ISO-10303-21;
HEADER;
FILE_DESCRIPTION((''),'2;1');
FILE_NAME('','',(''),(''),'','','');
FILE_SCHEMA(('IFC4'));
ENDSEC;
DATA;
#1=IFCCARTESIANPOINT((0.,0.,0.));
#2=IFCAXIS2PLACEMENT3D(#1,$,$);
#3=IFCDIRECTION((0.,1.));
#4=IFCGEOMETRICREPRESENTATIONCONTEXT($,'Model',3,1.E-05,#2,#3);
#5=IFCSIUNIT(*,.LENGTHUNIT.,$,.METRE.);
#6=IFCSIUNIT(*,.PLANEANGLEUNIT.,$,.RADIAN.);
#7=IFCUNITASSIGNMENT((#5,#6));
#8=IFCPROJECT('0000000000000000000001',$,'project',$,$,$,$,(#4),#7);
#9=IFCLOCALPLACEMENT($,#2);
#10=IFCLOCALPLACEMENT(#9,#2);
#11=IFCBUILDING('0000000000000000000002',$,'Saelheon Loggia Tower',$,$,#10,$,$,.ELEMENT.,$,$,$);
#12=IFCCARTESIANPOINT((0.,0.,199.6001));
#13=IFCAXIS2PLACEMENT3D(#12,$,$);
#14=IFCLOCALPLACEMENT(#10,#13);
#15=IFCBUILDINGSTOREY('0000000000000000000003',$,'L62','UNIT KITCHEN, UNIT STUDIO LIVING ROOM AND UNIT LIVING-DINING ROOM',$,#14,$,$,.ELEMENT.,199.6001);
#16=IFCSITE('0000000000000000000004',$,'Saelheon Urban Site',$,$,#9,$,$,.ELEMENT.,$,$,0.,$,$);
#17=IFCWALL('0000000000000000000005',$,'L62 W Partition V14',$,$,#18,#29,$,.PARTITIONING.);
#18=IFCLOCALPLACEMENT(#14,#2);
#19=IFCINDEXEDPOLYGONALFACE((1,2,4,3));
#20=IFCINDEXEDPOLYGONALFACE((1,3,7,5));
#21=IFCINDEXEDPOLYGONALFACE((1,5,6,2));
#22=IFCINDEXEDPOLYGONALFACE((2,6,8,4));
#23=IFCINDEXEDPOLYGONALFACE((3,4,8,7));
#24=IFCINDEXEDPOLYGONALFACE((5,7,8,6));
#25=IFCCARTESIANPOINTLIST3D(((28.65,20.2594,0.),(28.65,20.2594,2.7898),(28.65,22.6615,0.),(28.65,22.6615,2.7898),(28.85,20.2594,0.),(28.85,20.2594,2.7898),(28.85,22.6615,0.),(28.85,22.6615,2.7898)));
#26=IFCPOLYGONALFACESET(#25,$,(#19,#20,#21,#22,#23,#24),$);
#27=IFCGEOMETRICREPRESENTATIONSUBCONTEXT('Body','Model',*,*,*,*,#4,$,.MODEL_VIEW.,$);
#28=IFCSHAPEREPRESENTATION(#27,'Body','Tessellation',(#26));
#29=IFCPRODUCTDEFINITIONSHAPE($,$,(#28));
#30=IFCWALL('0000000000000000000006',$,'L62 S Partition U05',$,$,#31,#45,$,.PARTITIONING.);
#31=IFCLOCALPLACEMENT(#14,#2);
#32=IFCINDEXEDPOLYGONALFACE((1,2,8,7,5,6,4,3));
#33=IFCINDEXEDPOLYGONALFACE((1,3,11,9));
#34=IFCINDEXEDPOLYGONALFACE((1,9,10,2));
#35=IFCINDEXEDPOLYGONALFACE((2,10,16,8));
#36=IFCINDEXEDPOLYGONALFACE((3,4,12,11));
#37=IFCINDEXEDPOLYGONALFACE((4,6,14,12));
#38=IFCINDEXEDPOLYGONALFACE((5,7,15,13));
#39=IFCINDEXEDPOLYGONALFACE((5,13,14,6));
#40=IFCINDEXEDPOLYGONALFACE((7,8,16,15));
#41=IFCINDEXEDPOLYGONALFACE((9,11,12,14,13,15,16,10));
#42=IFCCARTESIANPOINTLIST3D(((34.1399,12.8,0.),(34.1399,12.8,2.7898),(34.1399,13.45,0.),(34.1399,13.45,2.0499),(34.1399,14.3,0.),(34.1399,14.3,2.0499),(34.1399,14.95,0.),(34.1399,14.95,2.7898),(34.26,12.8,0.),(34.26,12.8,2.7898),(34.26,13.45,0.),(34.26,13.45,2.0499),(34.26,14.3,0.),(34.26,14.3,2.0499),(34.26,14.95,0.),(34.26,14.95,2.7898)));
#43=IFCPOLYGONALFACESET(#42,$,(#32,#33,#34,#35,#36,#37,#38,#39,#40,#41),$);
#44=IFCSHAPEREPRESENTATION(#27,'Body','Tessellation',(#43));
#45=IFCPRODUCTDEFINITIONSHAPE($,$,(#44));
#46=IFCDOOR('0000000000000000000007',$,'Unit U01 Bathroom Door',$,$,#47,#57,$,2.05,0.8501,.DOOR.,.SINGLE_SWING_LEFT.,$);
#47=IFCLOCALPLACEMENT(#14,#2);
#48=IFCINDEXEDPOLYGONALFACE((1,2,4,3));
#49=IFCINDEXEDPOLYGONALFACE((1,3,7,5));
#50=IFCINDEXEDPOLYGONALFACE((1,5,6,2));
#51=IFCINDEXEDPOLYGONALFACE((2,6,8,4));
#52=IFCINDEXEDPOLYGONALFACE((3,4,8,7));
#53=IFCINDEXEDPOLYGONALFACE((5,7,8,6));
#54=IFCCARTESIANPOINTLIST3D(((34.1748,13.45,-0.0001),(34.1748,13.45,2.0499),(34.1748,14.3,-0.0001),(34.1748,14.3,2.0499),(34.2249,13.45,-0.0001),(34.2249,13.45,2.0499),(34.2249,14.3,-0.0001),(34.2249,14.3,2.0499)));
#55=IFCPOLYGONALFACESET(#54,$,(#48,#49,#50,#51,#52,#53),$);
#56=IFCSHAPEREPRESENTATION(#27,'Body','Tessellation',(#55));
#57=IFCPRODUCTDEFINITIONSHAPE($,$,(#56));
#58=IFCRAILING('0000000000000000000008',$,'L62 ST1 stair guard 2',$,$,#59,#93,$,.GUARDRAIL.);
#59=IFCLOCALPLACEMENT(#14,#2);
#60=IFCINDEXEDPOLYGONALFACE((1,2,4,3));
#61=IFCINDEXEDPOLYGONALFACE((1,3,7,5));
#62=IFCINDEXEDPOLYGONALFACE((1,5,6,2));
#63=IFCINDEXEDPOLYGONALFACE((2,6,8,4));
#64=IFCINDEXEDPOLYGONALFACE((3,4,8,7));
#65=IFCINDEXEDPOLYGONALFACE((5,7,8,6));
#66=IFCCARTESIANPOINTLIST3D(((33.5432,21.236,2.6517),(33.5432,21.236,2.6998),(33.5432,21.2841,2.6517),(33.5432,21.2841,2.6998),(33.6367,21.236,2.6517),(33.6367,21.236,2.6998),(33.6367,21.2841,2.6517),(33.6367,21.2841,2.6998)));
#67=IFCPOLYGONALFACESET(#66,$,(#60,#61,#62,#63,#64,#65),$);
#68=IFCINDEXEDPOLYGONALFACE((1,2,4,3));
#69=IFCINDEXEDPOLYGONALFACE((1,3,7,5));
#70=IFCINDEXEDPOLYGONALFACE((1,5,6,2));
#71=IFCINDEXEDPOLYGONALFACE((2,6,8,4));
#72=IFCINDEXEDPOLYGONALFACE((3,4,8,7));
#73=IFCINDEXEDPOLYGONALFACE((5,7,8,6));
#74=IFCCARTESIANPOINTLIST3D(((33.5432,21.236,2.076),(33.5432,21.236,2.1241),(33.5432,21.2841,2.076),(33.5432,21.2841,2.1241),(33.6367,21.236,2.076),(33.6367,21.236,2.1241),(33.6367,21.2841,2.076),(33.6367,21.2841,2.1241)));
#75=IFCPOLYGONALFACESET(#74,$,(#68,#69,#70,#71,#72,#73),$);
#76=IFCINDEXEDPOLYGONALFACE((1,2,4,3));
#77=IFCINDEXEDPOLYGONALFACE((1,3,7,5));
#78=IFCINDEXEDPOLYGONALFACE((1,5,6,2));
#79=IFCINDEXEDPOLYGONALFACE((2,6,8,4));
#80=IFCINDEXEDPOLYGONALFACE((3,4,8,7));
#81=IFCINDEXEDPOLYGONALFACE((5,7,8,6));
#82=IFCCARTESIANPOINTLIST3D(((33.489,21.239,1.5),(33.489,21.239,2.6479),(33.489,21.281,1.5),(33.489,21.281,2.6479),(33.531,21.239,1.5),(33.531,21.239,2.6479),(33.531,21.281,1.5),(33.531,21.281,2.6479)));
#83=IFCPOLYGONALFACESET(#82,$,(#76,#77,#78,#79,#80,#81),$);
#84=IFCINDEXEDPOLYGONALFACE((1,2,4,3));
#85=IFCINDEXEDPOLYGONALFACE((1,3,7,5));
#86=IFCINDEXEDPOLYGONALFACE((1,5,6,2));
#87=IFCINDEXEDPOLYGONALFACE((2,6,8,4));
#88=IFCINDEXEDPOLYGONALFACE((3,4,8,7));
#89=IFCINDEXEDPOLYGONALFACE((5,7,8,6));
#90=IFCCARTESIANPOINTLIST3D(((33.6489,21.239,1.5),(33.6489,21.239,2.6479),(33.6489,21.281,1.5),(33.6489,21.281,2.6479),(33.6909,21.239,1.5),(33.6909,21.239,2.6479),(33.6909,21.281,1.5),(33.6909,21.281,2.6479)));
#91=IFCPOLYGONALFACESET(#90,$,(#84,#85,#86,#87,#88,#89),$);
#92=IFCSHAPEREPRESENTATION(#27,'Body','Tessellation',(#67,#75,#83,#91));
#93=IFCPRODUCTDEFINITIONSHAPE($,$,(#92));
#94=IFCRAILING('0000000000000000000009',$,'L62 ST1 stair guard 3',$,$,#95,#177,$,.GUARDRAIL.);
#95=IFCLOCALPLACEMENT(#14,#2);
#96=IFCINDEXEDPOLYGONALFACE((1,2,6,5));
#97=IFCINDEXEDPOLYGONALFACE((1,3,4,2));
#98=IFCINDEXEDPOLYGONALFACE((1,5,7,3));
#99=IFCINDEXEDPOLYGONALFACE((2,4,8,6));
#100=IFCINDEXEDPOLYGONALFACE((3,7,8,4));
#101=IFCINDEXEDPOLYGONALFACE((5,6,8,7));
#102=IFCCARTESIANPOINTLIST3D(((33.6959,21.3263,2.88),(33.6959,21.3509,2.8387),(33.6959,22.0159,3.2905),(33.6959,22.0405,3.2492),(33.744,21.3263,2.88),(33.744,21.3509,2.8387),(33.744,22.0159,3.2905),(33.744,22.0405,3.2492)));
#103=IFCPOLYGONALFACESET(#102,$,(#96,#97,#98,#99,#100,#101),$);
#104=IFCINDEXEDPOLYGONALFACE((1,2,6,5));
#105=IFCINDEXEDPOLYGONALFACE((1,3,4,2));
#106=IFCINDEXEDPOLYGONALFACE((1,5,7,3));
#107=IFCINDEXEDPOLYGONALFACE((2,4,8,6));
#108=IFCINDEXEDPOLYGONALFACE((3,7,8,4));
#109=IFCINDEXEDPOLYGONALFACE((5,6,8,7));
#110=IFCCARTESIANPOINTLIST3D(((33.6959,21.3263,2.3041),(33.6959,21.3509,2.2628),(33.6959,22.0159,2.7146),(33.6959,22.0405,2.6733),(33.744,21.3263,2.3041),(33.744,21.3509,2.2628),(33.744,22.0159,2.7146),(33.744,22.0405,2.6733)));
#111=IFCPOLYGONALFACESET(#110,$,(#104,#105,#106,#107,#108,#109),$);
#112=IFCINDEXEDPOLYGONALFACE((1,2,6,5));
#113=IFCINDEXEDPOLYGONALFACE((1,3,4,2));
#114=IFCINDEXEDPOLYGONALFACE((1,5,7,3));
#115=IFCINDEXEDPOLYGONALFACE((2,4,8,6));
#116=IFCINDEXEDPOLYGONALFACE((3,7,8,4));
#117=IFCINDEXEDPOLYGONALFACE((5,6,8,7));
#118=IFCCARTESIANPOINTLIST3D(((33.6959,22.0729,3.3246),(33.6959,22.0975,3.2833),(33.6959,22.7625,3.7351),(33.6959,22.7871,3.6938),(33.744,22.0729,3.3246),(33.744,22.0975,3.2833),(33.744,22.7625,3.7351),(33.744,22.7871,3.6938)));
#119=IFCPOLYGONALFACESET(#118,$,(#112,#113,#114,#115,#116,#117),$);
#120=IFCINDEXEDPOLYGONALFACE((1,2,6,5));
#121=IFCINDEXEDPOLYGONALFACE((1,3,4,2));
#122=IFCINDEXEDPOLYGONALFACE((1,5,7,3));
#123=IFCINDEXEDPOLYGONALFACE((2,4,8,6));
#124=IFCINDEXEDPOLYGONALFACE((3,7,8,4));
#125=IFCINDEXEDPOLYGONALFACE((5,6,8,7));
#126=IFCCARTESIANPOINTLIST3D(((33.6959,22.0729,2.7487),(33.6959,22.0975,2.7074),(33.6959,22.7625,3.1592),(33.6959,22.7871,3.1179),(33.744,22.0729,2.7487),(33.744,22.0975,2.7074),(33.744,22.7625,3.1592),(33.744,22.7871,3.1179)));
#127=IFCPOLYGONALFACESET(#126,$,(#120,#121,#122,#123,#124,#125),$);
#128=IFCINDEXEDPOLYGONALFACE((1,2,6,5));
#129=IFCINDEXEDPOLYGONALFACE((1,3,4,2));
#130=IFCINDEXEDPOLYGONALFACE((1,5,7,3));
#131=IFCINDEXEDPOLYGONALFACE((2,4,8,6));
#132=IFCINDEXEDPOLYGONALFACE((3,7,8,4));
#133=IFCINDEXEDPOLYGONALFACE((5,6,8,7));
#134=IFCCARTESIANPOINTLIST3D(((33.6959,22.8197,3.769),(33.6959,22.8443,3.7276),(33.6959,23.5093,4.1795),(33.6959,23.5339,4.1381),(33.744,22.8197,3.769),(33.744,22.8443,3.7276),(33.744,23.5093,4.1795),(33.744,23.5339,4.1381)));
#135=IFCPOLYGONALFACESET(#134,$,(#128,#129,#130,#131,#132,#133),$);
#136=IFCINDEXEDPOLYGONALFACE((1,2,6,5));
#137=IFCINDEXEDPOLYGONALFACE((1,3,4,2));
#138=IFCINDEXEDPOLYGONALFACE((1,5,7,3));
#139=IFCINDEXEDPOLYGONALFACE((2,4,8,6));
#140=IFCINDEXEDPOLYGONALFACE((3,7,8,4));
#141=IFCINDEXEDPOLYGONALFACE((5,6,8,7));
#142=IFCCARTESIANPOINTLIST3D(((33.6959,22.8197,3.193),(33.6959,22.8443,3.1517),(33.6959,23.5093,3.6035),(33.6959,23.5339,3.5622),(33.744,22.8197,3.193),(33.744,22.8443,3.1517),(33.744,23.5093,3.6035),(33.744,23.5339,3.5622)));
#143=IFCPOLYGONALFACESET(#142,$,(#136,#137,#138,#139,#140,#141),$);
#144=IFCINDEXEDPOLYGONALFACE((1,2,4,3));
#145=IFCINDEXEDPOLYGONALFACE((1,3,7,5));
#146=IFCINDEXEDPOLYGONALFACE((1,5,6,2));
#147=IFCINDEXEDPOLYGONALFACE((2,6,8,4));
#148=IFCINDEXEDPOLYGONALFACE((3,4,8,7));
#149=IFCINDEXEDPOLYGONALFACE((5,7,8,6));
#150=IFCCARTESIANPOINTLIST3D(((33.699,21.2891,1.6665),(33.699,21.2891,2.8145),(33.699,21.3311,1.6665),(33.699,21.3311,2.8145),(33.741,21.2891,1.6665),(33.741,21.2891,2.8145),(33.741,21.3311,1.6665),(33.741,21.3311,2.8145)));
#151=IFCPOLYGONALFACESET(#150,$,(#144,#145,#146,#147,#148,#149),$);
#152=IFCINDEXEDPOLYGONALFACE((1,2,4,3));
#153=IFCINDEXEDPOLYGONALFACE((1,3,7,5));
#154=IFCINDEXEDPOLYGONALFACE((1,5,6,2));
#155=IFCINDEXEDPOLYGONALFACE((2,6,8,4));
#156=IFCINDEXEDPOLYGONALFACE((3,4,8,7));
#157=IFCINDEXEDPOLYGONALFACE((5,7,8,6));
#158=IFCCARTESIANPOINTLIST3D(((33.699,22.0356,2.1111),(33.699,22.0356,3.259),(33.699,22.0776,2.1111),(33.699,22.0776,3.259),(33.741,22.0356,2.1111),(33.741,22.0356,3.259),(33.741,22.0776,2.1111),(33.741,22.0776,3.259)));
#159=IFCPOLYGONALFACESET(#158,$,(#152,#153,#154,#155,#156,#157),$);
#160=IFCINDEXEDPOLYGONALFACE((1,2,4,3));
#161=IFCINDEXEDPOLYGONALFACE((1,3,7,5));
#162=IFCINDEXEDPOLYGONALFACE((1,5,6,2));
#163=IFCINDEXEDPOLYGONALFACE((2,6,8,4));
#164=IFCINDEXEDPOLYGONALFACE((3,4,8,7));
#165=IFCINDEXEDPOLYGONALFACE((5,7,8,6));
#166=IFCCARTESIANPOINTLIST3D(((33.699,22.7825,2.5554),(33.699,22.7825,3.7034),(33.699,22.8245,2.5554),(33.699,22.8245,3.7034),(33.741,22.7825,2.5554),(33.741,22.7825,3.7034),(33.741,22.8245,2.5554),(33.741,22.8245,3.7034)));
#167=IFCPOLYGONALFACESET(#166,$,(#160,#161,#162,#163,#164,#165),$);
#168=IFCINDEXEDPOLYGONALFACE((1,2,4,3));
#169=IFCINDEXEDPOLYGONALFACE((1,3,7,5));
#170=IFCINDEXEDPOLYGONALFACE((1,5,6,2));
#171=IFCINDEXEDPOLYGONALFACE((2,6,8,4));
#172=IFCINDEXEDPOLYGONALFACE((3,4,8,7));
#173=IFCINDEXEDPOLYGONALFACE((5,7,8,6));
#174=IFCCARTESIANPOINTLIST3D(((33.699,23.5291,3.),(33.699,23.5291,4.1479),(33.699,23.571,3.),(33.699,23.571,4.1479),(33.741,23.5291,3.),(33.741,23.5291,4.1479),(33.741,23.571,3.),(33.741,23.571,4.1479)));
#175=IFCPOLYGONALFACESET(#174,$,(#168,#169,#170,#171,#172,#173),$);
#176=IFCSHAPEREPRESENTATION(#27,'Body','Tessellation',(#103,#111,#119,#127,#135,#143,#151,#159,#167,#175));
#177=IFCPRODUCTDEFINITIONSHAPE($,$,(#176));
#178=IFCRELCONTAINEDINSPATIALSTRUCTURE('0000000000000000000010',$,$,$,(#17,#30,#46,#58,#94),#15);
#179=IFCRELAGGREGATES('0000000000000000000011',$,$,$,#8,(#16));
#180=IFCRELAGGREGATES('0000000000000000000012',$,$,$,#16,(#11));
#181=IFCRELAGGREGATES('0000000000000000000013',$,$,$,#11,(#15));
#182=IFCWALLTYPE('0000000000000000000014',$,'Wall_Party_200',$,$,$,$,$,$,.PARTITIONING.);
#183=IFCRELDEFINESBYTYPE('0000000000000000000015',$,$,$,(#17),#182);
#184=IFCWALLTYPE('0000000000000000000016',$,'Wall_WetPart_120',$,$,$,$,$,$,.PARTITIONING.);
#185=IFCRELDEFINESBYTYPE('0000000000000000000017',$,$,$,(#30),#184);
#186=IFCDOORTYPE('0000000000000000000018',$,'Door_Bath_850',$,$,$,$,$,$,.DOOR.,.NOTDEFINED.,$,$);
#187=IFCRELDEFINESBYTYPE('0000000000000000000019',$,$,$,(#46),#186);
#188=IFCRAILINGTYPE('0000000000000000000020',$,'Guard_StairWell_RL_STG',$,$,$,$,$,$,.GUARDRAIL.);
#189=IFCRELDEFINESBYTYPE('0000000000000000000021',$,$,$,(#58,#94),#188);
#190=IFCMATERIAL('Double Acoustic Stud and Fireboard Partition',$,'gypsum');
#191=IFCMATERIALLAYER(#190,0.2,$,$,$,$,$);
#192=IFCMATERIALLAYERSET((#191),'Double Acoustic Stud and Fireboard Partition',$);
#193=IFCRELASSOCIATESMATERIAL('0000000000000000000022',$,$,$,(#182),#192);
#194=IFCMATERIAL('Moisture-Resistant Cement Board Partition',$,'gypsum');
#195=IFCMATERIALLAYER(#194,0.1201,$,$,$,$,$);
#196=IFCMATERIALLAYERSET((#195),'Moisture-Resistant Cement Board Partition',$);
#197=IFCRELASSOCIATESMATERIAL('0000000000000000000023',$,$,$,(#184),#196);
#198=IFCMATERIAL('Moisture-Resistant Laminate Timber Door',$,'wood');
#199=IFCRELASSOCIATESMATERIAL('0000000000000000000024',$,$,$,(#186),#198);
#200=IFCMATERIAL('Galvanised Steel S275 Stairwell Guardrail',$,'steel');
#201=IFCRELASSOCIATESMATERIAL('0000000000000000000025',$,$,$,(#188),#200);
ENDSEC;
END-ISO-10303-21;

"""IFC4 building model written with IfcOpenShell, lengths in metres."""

from ifc_helpers import new_model, si_unit, direction, frame, frame_2d, origin, origin_2d, place, context, subcontext, project, spatial, rectangle, extrude, source, transform, mapped, material, layer, layer_set, type_object, element, fill, save


model = new_model("IFC4")

# Units and contexts
model_context = context("Model", 3, precision=1e-05, world=origin(), true_north=direction((0.0, 1.0)))
body_context = subcontext(model_context, "Body", "Model", "MODEL_VIEW")
ifc_project = project(units=[si_unit("LENGTHUNIT", "METRE"), si_unit("PLANEANGLEUNIT", "RADIAN")], contexts=[model_context])

# Site, building, storey
site_placement = place(None, origin())
site = spatial("IfcSite", under=ifc_project, at=site_placement, Name="Saelheon Urban Site", CompositionType="ELEMENT", RefElevation=0.0)
building_placement = place(site_placement, origin())
building = spatial("IfcBuilding", under=site, at=building_placement, Name="Saelheon Loggia Tower", CompositionType="ELEMENT")
storey_placement = place(building_placement, frame((0.0, 0.0, 199.6001)))
storey = spatial("IfcBuildingStorey", under=building, at=storey_placement, Name="L62", Description="UNIT KITCHEN, UNIT STUDIO LIVING ROOM AND UNIT LIVING-DINING ROOM", CompositionType="ELEMENT", Elevation=199.6001)

# Shared definitions
ifc_material_1 = material(Name="Double Acoustic Stud and Fireboard Partition", Category="gypsum")
ifc_layer_1 = layer(ifc_material_1, 0.2)
ifc_layer_set_1 = layer_set([ifc_layer_1], Name="Double Acoustic Stud and Fireboard Partition")
wall_type_1 = type_object("IfcWallType", Name="Wall_Party_200", PredefinedType="PARTITIONING", material=ifc_layer_set_1)

# Wall
wall_1_placement = place(storey_placement, frame((28.75, 20.2593, 0.0), z_axis=(0.0, 0.0, 1.0), x_axis=(0.0, 1.0, 0.0)))
element("IfcWall", 1, at=wall_1_placement, inside=storey, type_object=wall_type_1, Name="L62 W Partition V14", PredefinedType="PARTITIONING", context=body_context, shape_type="SweptSolid", body=[
    extrude(rectangle(XDim=2.4021, YDim=0.2, at=frame_2d((1.2012, 0.0))), origin(), (0.0, 0.0, 1.0), 2.7898),
])

# Wall, opening, door
ifc_material_2 = material(Name="Moisture-Resistant Cement Board Partition", Category="gypsum")
ifc_layer_2 = layer(ifc_material_2, 0.1201)
ifc_layer_set_2 = layer_set([ifc_layer_2], Name="Moisture-Resistant Cement Board Partition")
wall_type_2 = type_object("IfcWallType", Name="Wall_WetPart_120", PredefinedType="PARTITIONING", material=ifc_layer_set_2)
wall_2_placement = place(storey_placement, frame((34.2, 14.95, 0.0), z_axis=(0.0, 0.0, 1.0), x_axis=(0.0, -1.0, 0.0)))
wall_2 = element("IfcWall", 2, at=wall_2_placement, inside=storey, type_object=wall_type_2, Name="L62 S Partition U05", PredefinedType="PARTITIONING", context=body_context, shape_type="SweptSolid", body=[
    extrude(rectangle(XDim=2.1499, YDim=0.1201, at=frame_2d((1.075, 0.0))), origin(), (0.0, 0.0, 1.0), 2.7898),
])
opening_1_placement = place(wall_2_placement, frame((0.6499, 0.0, 0.0)))
opening_1 = element("IfcOpeningElement", 3, at=opening_1_placement, cuts=wall_2, PredefinedType="OPENING", context=body_context, shape_type="SweptSolid", body=[
    extrude(rectangle(XDim=0.8501, YDim=2.05, at=frame_2d((0.425, 1.0249))), frame((0.0, 0.072, 0.0), z_axis=(0.0, -1.0, 0.0), x_axis=(1.0, 0.0, 0.0)), (0.0, 0.0, 1.0), 0.144),
])
ifc_material_3 = material(Name="Moisture-Resistant Laminate Timber Door", Category="wood")
door_type_1 = type_object("IfcDoorType", Name="Door_Bath_850", OperationType="NOTDEFINED", PredefinedType="DOOR", material=ifc_material_3)
shared_shape_1 = source(origin(), body_context, "Body", "SweptSolid", [
    extrude(rectangle(XDim=0.8501, YDim=2.05, at=frame_2d((0.425, 1.0249))), frame((0.0, 0.0249, 0.0), z_axis=(0.0, -1.0, 0.0), x_axis=(1.0, 0.0, 0.0)), (0.0, 0.0, 1.0), 0.05),
])
door_1_placement = place(opening_1_placement, origin())
door_1 = element("IfcDoor", 4, at=door_1_placement, inside=storey, type_object=door_type_1, Name="Unit U01 Bathroom Door", OperationType="SINGLE_SWING_LEFT", OverallHeight=2.05, OverallWidth=0.8501, PredefinedType="DOOR", context=body_context, shape_type="MappedRepresentation", body=[
    mapped(shared_shape_1, transform((0.0, 0.0, 0.0), scale=1.0)),
])
fill(opening_1, door_1)

# Railings
ifc_material_4 = material(Name="Galvanised Steel S275 Stairwell Guardrail", Category="steel")
railing_type = type_object("IfcRailingType", Name="Guard_StairWell_RL_STG", PredefinedType="GUARDRAIL", material=ifc_material_4)
railing_1_placement = place(storey_placement, frame((33.51, 21.26, 1.5)))
element("IfcRailing", 5, at=railing_1_placement, inside=storey, type_object=railing_type, Name="L62 ST1 stair guard 2", PredefinedType="GUARDRAIL", context=body_context, shape_type="SweptSolid", body=[
    extrude(rectangle(XDim=0.0481, YDim=0.0481, at=origin_2d()), frame((0.0332, 0.0, 1.1758), z_axis=(1.0, 0.0, 0.0), x_axis=(0.0, 1.0, 0.0)), (0.0, 0.0, 1.0), 0.0935),
    extrude(rectangle(XDim=0.0481, YDim=0.0481, at=origin_2d()), frame((0.0332, 0.0, 0.6001), z_axis=(1.0, 0.0, 0.0), x_axis=(0.0, 1.0, 0.0)), (0.0, 0.0, 1.0), 0.0935),
    extrude(rectangle(XDim=0.042, YDim=0.042, at=origin_2d()), origin(), (0.0, 0.0, 1.0), 1.1479),
    extrude(rectangle(XDim=0.042, YDim=0.042, at=origin_2d()), frame((0.1599, 0.0, 0.0)), (0.0, 0.0, 1.0), 1.1479),
])
railing_2_placement = place(storey_placement, frame((33.72, 21.3101, 1.6665)))
element("IfcRailing", 6, at=railing_2_placement, inside=storey, type_object=railing_type, Name="L62 ST1 stair guard 3", PredefinedType="GUARDRAIL", context=body_context, shape_type="SweptSolid", body=[
    extrude(rectangle(XDim=0.0481, YDim=0.0481, at=origin_2d()), frame((0.0, 0.0286, 1.1929), z_axis=(0.0, 0.859264, 0.511532), x_axis=(-1.0, 0.0, 0.0)), (0.0, 0.0, 1.0), 0.8025),
    extrude(rectangle(XDim=0.0481, YDim=0.0481, at=origin_2d()), frame((0.0, 0.0286, 0.6169), z_axis=(0.0, 0.859264, 0.511532), x_axis=(-1.0, 0.0, 0.0)), (0.0, 0.0, 1.0), 0.8025),
    extrude(rectangle(XDim=0.0481, YDim=0.0481, at=origin_2d()), frame((0.0, 0.7751, 1.6375), z_axis=(0.0, 0.859264, 0.511532), x_axis=(-1.0, 0.0, 0.0)), (0.0, 0.0, 1.0), 0.8025),
    extrude(rectangle(XDim=0.0481, YDim=0.0481, at=origin_2d()), frame((0.0, 0.7751, 1.0615), z_axis=(0.0, 0.859264, 0.511532), x_axis=(-1.0, 0.0, 0.0)), (0.0, 0.0, 1.0), 0.8025),
    extrude(rectangle(XDim=0.0481, YDim=0.0481, at=origin_2d()), frame((0.0, 1.522, 2.0818), z_axis=(0.0, 0.859264, 0.511532), x_axis=(-1.0, 0.0, 0.0)), (0.0, 0.0, 1.0), 0.8025),
    extrude(rectangle(XDim=0.0481, YDim=0.0481, at=origin_2d()), frame((0.0, 1.522, 1.5059), z_axis=(0.0, 0.859264, 0.511532), x_axis=(-1.0, 0.0, 0.0)), (0.0, 0.0, 1.0), 0.8025),
    extrude(rectangle(XDim=0.042, YDim=0.042, at=origin_2d()), origin(), (0.0, 0.0, 1.0), 1.1479),
    extrude(rectangle(XDim=0.042, YDim=0.042, at=origin_2d()), frame((0.0, 0.7466, 0.4446)), (0.0, 0.0, 1.0), 1.1479),
    extrude(rectangle(XDim=0.042, YDim=0.042, at=origin_2d()), frame((0.0, 1.4934, 0.8889)), (0.0, 0.0, 1.0), 1.1479),
    extrude(rectangle(XDim=0.042, YDim=0.042, at=origin_2d()), frame((0.0, 2.24, 1.3335)), (0.0, 0.0, 1.0), 1.1479),
])

save(model, "model.ifc")
